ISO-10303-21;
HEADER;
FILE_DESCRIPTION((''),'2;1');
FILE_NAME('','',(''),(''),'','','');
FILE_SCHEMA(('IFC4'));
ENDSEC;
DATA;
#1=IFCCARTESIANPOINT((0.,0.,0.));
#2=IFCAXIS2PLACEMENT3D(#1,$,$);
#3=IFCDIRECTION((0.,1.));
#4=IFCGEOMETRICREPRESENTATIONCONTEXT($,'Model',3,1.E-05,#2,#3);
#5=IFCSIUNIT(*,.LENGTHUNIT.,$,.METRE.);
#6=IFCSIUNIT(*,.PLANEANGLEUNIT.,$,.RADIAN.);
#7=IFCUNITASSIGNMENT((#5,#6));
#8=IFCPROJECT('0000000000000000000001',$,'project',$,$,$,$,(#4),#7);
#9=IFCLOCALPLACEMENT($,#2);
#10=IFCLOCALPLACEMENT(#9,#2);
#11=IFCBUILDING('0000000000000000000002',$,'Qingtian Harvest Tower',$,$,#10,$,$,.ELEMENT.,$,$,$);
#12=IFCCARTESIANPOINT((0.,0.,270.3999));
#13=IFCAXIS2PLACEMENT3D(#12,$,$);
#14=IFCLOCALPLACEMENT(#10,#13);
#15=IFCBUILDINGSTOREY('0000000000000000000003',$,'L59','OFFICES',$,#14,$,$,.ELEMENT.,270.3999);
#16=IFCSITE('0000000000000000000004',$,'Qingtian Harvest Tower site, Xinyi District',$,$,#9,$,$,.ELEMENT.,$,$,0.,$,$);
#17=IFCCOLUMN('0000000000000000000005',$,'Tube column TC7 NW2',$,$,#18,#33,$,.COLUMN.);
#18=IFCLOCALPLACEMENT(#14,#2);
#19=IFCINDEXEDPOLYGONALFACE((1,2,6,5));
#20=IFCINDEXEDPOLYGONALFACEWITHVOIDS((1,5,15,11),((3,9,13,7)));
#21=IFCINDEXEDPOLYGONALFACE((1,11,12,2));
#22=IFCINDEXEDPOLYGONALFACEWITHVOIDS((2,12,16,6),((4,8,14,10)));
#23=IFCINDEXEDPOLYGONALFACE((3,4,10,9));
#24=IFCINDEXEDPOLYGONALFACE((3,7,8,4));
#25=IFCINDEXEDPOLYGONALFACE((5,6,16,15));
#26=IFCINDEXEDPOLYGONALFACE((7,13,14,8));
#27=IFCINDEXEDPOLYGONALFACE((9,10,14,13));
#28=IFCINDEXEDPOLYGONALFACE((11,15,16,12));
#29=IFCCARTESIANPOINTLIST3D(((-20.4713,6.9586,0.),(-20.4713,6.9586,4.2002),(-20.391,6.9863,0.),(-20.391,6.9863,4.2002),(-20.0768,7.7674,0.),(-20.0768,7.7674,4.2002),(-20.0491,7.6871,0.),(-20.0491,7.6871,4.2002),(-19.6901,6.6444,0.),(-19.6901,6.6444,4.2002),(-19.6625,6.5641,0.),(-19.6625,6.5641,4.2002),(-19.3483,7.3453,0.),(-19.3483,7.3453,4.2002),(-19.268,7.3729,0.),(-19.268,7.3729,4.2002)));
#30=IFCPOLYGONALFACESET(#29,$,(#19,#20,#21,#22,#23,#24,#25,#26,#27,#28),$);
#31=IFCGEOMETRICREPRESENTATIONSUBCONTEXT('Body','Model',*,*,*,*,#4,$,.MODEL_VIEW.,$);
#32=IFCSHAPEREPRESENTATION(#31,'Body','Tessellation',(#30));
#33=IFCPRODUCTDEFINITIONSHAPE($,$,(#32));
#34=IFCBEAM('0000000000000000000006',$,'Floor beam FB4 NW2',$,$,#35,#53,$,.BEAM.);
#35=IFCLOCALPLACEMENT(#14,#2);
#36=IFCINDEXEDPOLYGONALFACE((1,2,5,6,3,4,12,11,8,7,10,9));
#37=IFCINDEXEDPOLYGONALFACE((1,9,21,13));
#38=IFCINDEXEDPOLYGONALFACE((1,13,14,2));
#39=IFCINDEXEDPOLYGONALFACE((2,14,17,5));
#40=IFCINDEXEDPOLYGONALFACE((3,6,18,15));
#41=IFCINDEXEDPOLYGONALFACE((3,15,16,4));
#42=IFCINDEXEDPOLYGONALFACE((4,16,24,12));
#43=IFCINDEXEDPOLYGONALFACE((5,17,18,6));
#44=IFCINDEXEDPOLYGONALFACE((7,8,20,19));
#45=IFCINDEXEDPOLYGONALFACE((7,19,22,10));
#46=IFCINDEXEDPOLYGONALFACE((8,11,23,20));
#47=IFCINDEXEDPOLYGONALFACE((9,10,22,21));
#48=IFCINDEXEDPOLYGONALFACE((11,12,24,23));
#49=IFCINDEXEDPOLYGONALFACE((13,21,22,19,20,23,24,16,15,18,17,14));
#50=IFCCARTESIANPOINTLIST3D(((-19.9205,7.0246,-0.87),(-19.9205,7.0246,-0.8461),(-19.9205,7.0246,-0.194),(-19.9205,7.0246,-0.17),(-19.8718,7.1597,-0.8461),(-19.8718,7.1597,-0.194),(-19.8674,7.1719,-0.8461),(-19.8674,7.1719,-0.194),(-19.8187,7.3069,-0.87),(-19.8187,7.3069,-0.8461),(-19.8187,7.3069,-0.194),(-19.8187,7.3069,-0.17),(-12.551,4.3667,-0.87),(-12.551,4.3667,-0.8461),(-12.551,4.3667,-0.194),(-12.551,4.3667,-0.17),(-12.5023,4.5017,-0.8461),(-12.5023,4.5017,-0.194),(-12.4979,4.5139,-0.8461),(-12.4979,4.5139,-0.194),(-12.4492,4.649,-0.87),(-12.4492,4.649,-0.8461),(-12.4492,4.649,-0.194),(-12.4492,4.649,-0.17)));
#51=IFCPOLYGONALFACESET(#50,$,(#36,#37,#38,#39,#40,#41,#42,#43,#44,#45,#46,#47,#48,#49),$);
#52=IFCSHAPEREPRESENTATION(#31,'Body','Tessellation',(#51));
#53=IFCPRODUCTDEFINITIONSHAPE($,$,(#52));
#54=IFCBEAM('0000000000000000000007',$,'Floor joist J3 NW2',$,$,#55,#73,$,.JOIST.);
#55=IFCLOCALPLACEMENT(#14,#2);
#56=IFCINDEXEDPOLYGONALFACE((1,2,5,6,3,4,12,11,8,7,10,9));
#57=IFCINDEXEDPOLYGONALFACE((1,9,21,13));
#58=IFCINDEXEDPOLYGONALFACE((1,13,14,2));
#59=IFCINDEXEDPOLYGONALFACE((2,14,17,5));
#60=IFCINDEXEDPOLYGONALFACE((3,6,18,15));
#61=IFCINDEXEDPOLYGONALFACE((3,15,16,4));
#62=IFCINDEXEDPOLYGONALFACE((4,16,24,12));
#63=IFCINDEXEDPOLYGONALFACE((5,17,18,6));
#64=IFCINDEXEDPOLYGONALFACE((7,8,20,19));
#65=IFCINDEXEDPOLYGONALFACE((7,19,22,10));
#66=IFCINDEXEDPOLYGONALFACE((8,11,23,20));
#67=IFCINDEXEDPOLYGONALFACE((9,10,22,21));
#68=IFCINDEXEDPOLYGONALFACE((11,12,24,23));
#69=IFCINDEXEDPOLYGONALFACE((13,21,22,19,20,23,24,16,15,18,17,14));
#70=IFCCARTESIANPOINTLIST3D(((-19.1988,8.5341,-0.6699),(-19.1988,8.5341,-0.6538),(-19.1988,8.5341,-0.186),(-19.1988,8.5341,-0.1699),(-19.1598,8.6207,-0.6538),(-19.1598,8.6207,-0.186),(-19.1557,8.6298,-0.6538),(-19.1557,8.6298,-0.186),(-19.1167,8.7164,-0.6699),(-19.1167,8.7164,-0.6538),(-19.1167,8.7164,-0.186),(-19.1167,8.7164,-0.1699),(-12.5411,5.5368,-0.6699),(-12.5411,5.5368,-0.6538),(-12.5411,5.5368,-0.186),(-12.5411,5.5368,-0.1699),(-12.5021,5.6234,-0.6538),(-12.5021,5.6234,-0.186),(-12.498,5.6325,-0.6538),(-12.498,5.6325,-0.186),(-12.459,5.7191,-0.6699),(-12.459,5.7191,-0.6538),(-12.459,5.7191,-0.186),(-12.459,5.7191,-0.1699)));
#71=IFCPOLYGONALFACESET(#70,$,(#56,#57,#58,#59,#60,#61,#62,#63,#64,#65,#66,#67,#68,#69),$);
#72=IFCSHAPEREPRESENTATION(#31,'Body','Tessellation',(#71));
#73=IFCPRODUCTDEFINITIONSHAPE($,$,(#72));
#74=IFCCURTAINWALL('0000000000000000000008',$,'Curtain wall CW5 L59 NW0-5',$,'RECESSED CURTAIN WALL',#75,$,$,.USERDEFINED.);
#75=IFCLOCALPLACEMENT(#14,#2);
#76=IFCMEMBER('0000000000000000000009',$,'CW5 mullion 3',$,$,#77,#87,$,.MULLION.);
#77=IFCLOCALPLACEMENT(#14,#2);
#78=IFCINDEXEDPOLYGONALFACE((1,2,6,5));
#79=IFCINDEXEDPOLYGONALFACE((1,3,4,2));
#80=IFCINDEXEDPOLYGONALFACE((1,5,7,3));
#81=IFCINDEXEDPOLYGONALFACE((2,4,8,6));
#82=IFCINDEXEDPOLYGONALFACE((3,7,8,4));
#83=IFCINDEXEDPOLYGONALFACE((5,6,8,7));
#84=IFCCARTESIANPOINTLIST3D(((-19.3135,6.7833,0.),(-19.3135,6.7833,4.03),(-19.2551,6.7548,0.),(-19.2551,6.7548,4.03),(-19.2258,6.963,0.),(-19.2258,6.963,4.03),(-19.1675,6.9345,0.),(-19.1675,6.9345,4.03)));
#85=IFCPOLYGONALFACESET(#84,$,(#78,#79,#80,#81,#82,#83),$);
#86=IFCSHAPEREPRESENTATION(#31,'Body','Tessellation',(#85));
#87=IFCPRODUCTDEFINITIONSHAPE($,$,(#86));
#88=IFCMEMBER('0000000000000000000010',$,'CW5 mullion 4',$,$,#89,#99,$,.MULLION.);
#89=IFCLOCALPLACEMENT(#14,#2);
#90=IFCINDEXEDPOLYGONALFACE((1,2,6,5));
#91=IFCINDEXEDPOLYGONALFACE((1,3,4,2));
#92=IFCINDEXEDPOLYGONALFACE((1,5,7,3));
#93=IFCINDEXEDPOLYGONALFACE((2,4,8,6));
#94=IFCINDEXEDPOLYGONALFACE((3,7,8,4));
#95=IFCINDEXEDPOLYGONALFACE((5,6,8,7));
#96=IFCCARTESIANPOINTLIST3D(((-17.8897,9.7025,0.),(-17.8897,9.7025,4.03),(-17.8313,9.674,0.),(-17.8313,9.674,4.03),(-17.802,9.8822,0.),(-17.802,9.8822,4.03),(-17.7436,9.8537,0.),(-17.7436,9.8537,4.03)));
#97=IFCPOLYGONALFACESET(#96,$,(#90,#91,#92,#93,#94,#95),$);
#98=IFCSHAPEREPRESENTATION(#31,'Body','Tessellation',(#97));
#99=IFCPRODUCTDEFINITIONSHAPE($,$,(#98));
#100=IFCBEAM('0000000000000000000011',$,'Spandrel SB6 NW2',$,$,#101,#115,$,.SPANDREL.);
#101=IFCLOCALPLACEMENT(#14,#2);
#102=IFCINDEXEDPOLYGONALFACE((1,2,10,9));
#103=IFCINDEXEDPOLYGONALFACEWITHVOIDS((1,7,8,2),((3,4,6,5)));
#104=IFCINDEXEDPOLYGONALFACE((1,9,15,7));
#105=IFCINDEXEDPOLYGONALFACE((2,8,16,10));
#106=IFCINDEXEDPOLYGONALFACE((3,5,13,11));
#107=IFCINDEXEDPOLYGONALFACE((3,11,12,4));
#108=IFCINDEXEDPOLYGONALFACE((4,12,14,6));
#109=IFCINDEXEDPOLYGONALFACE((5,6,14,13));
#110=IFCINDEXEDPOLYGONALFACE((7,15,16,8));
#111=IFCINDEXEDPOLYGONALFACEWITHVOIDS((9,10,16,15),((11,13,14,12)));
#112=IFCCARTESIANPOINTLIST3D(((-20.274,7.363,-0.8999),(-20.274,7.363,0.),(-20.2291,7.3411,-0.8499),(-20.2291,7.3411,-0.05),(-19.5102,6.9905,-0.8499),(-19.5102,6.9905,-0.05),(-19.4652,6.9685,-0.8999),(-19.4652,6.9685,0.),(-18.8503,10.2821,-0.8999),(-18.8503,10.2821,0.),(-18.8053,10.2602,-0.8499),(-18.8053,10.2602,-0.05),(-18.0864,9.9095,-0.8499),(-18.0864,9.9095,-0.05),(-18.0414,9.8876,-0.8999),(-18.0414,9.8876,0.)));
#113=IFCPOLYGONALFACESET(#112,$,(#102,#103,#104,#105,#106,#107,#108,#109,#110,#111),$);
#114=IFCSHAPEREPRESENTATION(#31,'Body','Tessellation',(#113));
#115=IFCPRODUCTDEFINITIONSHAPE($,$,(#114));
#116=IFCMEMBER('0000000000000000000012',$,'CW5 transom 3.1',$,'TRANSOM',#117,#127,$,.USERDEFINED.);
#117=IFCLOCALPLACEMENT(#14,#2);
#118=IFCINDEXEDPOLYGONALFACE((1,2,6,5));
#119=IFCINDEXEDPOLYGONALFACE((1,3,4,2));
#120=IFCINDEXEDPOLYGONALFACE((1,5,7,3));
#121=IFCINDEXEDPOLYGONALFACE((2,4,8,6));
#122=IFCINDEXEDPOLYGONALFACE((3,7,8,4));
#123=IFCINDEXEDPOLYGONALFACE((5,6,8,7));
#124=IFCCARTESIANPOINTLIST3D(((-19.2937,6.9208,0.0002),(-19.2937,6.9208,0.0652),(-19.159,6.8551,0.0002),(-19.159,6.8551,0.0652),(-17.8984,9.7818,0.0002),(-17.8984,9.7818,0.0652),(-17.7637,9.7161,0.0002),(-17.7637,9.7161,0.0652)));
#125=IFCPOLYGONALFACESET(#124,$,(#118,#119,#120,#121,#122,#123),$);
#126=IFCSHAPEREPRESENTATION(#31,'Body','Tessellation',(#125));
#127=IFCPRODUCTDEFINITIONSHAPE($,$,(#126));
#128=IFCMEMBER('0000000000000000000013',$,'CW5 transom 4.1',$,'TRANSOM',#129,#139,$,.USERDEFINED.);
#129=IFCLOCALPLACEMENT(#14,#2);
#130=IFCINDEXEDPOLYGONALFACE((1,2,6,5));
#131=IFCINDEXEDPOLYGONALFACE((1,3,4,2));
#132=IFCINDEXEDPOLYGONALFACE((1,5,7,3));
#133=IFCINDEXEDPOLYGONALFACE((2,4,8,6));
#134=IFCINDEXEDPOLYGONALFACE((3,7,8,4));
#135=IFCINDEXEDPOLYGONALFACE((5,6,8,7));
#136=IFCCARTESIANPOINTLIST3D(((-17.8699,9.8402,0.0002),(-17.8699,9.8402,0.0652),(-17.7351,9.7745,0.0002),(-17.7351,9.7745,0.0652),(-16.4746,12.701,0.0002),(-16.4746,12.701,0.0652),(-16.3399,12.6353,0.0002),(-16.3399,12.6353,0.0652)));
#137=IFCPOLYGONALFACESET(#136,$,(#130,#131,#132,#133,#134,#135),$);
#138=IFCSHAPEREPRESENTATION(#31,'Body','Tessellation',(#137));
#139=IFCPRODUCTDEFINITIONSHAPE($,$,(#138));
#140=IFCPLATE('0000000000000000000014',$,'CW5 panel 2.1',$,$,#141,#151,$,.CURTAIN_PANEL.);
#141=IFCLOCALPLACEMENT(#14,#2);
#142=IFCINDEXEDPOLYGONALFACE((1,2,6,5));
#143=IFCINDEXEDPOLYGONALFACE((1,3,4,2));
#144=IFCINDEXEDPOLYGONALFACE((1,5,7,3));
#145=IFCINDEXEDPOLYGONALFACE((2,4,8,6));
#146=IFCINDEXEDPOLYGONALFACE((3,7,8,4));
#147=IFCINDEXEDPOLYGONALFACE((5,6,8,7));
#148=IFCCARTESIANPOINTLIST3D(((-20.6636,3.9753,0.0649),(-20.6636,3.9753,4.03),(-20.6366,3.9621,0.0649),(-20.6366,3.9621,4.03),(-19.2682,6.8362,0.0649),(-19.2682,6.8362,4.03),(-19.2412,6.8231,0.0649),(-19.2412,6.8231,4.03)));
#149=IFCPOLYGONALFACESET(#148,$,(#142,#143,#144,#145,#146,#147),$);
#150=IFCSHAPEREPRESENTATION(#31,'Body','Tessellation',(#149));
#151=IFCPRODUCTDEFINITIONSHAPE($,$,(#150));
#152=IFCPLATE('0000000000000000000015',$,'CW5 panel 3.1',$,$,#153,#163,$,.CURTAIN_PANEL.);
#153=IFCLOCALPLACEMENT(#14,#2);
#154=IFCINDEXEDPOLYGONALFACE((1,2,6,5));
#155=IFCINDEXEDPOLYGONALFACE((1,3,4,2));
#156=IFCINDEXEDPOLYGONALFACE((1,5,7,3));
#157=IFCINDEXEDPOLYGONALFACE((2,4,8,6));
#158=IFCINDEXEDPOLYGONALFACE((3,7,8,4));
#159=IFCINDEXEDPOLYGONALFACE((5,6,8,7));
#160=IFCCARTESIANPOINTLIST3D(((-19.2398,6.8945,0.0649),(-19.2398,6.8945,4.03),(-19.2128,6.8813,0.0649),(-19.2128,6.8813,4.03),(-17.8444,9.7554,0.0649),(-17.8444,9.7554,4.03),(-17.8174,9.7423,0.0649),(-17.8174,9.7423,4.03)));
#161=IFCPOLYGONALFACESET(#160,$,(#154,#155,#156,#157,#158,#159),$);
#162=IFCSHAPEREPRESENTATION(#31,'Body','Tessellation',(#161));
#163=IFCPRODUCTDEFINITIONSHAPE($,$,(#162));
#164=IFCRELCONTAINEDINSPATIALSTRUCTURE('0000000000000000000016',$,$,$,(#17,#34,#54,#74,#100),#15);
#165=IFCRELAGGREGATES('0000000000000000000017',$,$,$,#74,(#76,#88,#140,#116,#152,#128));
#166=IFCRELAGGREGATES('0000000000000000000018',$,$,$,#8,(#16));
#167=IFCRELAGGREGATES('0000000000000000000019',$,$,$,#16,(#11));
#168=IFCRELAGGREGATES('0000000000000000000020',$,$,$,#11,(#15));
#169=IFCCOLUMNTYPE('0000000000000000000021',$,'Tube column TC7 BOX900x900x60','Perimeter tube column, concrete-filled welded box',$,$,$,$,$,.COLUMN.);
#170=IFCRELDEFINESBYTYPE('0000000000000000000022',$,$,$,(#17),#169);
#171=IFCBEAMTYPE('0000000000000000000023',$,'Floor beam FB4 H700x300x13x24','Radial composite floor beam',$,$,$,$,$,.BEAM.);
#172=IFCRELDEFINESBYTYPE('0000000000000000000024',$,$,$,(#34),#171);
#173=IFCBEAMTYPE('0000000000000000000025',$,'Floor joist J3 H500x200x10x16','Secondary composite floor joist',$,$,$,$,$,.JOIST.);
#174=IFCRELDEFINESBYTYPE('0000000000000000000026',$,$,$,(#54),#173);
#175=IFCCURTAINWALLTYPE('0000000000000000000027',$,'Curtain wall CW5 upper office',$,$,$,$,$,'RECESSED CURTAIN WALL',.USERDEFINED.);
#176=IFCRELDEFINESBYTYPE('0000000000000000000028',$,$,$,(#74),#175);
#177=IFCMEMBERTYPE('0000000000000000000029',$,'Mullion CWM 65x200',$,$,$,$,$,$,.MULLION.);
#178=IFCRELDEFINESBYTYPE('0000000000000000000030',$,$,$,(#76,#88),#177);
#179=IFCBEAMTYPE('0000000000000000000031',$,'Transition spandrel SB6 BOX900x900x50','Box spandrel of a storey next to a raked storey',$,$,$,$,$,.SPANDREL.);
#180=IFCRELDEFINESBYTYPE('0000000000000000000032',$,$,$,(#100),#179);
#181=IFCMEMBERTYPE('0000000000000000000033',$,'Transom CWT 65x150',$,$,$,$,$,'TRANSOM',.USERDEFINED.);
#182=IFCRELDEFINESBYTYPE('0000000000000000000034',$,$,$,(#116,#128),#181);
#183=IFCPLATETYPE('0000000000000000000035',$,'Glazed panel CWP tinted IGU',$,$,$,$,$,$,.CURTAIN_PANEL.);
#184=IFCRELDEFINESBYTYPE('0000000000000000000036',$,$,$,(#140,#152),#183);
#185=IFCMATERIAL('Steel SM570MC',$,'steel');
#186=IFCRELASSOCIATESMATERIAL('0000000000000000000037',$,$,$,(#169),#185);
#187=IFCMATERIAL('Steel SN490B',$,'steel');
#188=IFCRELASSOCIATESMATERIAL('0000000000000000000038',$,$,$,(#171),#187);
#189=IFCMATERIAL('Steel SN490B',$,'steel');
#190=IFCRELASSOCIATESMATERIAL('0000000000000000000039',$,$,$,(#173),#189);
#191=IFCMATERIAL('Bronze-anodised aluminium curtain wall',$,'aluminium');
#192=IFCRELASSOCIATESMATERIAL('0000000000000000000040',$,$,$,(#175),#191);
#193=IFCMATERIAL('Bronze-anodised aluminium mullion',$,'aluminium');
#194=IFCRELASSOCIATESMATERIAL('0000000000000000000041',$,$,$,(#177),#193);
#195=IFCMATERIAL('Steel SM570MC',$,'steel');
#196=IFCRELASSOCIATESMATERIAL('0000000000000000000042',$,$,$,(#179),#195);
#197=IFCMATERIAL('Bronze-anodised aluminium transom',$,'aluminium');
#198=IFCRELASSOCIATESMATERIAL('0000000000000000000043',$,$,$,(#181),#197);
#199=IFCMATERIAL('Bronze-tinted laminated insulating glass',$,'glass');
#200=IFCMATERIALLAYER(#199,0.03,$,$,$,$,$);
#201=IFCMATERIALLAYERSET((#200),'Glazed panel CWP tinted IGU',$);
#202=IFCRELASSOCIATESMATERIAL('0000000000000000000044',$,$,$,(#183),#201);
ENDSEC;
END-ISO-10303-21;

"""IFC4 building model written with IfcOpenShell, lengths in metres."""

from ifc_helpers import new_model, si_unit, direction, frame, origin, origin_2d, place, context, subcontext, project, spatial, rectangle, hollow_rectangle, i_section, extrude, material, layer, layer_set, material_profile, profile_set, type_object, element, aggregate, save


model = new_model("IFC4")

# Units and contexts
model_context = context("Model", 3, precision=1e-05, world=origin(), true_north=direction((0.0, 1.0)))
body_context = subcontext(model_context, "Body", "Model", "MODEL_VIEW")
ifc_project = project(units=[si_unit("LENGTHUNIT", "METRE"), si_unit("PLANEANGLEUNIT", "RADIAN")], contexts=[model_context])

# Site, building, storey
site_placement = place(None, origin())
site = spatial("IfcSite", under=ifc_project, at=site_placement, Name="Qingtian Harvest Tower site, Xinyi District", CompositionType="ELEMENT", RefElevation=0.0)
building_placement = place(site_placement, origin())
building = spatial("IfcBuilding", under=site, at=building_placement, Name="Qingtian Harvest Tower", CompositionType="ELEMENT")
storey_placement = place(building_placement, frame((0.0, 0.0, 270.3999)))
storey = spatial("IfcBuildingStorey", under=building, at=storey_placement, Name="L59", Description="OFFICES", CompositionType="ELEMENT", Elevation=270.3999)

# Column
ifc_material_1 = material(Name="Steel SM570MC", Category="steel")
ifc_material_profile_1 = material_profile(ifc_material_1, hollow_rectangle(XDim=0.8999, YDim=0.8999, WallThickness=0.0601, at=origin_2d()), Name="BOX900x900x60")
ifc_profile_set_1 = profile_set([ifc_material_profile_1], Name="Steel SM570MC")
column_type = type_object("IfcColumnType", Name="Tube column TC7 BOX900x900x60", Description="Perimeter tube column, concrete-filled welded box", PredefinedType="COLUMN", material=ifc_profile_set_1)
column_placement = place(storey_placement, frame((-19.8696, 7.1658, 0.0), z_axis=(0.0, 0.0, 1.0), x_axis=(-0.438371, -0.898794, 0.0)))
element("IfcColumn", 1, at=column_placement, inside=storey, type_object=column_type, Name="Tube column TC7 NW2", PredefinedType="COLUMN", context=body_context, shape_type="SweptSolid", body=[
    extrude(hollow_rectangle(XDim=0.8999, YDim=0.8999, WallThickness=0.0601, at=origin_2d()), origin(), (0.0, 0.0, 1.0), 4.2002),
])

# Beams
ifc_material_2 = material(Name="Steel SN490B", Category="steel")
ifc_material_profile_2 = material_profile(ifc_material_2, i_section(OverallWidth=0.3, OverallDepth=0.7, WebThickness=0.0129, FlangeThickness=0.0239, at=origin_2d()), Name="H700x300x13x24")
ifc_profile_set_2 = profile_set([ifc_material_profile_2], Name="Steel SN490B")
beam_type_1 = type_object("IfcBeamType", Name="Floor beam FB4 H700x300x13x24", Description="Radial composite floor beam", PredefinedType="BEAM", material=ifc_profile_set_2)
beam_1_placement = place(storey_placement, frame((-19.8696, 7.1658, -0.52), z_axis=(0.940688, -0.339272, 0.0), x_axis=(0.339272, 0.940688, 0.0)))
element("IfcBeam", 2, at=beam_1_placement, inside=storey, type_object=beam_type_1, Name="Floor beam FB4 NW2", PredefinedType="BEAM", context=body_context, shape_type="SweptSolid", body=[
    extrude(i_section(OverallWidth=0.3, OverallDepth=0.7, WebThickness=0.0129, FlangeThickness=0.0239, at=origin_2d()), origin(), (0.0, 0.0, 1.0), 7.8342),
])
ifc_material_3 = material(Name="Steel SN490B", Category="steel")
ifc_material_profile_3 = material_profile(ifc_material_3, i_section(OverallWidth=0.2, OverallDepth=0.5, WebThickness=0.01, FlangeThickness=0.0161, at=origin_2d()), Name="H500x200x10x16")
ifc_profile_set_3 = profile_set([ifc_material_profile_3], Name="Steel SN490B")
beam_type_2 = type_object("IfcBeamType", Name="Floor joist J3 H500x200x10x16", Description="Secondary composite floor joist", PredefinedType="JOIST", material=ifc_profile_set_3)
beam_2_placement = place(storey_placement, frame((-19.1577, 8.6252, -0.4199), z_axis=(0.911853, -0.410518, 0.0), x_axis=(0.410518, 0.911853, 0.0)))
element("IfcBeam", 3, at=beam_2_placement, inside=storey, type_object=beam_type_2, Name="Floor joist J3 NW2", PredefinedType="JOIST", context=body_context, shape_type="SweptSolid", body=[
    extrude(i_section(OverallWidth=0.2, OverallDepth=0.5, WebThickness=0.01, FlangeThickness=0.0161, at=origin_2d()), origin(), (0.0, 0.0, 1.0), 7.3013),
])

# Curtain wall, members
ifc_material_4 = material(Name="Bronze-anodised aluminium curtain wall", Category="aluminium")
curtain_wall_type = type_object("IfcCurtainWallType", Name="Curtain wall CW5 upper office", ElementType="RECESSED CURTAIN WALL", PredefinedType="USERDEFINED", material=ifc_material_4)
curtain_wall_placement = place(storey_placement, origin())
curtain_wall = element("IfcCurtainWall", 4, at=curtain_wall_placement, inside=storey, type_object=curtain_wall_type, Name="Curtain wall CW5 L59 NW0-5", ObjectType="RECESSED CURTAIN WALL", PredefinedType="USERDEFINED")
ifc_material_5 = material(Name="Bronze-anodised aluminium mullion", Category="aluminium")
ifc_material_profile_4 = material_profile(ifc_material_5, rectangle(XDim=0.0649, YDim=0.2, at=origin_2d()), Name="AL 65x200")
ifc_profile_set_4 = profile_set([ifc_material_profile_4], Name="Bronze-anodised aluminium mullion")
member_type_1 = type_object("IfcMemberType", Name="Mullion CWM 65x200", PredefinedType="MULLION", material=ifc_profile_set_4)
member_1_placement = place(storey_placement, frame((-19.2405, 6.8589, 0.0), z_axis=(0.0, 0.0, 1.0), x_axis=(-0.898794, 0.438371, 0.0)))
member_1 = element("IfcMember", 5, at=member_1_placement, type_object=member_type_1, Name="CW5 mullion 3", PredefinedType="MULLION", context=body_context, shape_type="SweptSolid", body=[
    extrude(rectangle(XDim=0.0649, YDim=0.2, at=origin_2d()), origin(), (0.0, 0.0, 1.0), 4.03),
])
member_2_placement = place(storey_placement, frame((-17.8167, 9.7781, 0.0), z_axis=(0.0, 0.0, 1.0), x_axis=(-0.898794, 0.438371, 0.0)))
member_2 = element("IfcMember", 6, at=member_2_placement, type_object=member_type_1, Name="CW5 mullion 4", PredefinedType="MULLION", context=body_context, shape_type="SweptSolid", body=[
    extrude(rectangle(XDim=0.0649, YDim=0.2, at=origin_2d()), origin(), (0.0, 0.0, 1.0), 4.03),
])

# Beam
ifc_material_6 = material(Name="Steel SM570MC", Category="steel")
ifc_material_profile_5 = material_profile(ifc_material_6, hollow_rectangle(XDim=0.8999, YDim=0.8999, WallThickness=0.05, at=origin_2d()), Name="BOX900x900x50")
ifc_profile_set_5 = profile_set([ifc_material_profile_5], Name="Steel SM570MC")
beam_type_3 = type_object("IfcBeamType", Name="Transition spandrel SB6 BOX900x900x50", Description="Box spandrel of a storey next to a raked storey", PredefinedType="SPANDREL", material=ifc_profile_set_5)
beam_3_placement = place(storey_placement, frame((-19.8696, 7.1658, -0.45), z_axis=(0.438382, 0.898789, 0.0), x_axis=(-0.898789, 0.438382, 0.0)))
element("IfcBeam", 7, at=beam_3_placement, inside=storey, type_object=beam_type_3, Name="Spandrel SB6 NW2", PredefinedType="SPANDREL", context=body_context, shape_type="SweptSolid", body=[
    extrude(hollow_rectangle(XDim=0.8999, YDim=0.8999, WallThickness=0.05, at=origin_2d()), origin(), (0.0, 0.0, 1.0), 3.2478),
])

# Members
ifc_material_7 = material(Name="Bronze-anodised aluminium transom", Category="aluminium")
ifc_material_profile_6 = material_profile(ifc_material_7, rectangle(XDim=0.1499, YDim=0.0649, at=origin_2d()), Name="AL 65x150")
ifc_profile_set_6 = profile_set([ifc_material_profile_6], Name="Bronze-anodised aluminium transom")
member_type_2 = type_object("IfcMemberType", Name="Transom CWT 65x150", ElementType="TRANSOM", PredefinedType="USERDEFINED", material=ifc_profile_set_6)
member_3_placement = place(storey_placement, frame((-19.2263, 6.8879, 0.0327), z_axis=(0.438325, 0.898816, 0.0), x_axis=(-0.898816, 0.438325, 0.0)))
member_3 = element("IfcMember", 8, at=member_3_placement, type_object=member_type_2, Name="CW5 transom 3.1", ObjectType="TRANSOM", PredefinedType="USERDEFINED", context=body_context, shape_type="SweptSolid", body=[
    extrude(rectangle(XDim=0.1499, YDim=0.0649, at=origin_2d()), origin(), (0.0, 0.0, 1.0), 3.1831),
])
member_4_placement = place(storey_placement, frame((-17.8025, 9.8074, 0.0327), z_axis=(0.438356, 0.898802, 0.0), x_axis=(-0.898802, 0.438356, 0.0)))
member_4 = element("IfcMember", 9, at=member_4_placement, type_object=member_type_2, Name="CW5 transom 4.1", ObjectType="TRANSOM", PredefinedType="USERDEFINED", context=body_context, shape_type="SweptSolid", body=[
    extrude(rectangle(XDim=0.1499, YDim=0.0649, at=origin_2d()), origin(), (0.0, 0.0, 1.0), 3.1829),
])

# Plates
ifc_material_8 = material(Name="Bronze-tinted laminated insulating glass", Category="glass")
ifc_layer_1 = layer(ifc_material_8, 0.03)
ifc_layer_set_1 = layer_set([ifc_layer_1], Name="Glazed panel CWP tinted IGU")
plate_type = type_object("IfcPlateType", Name="Glazed panel CWP tinted IGU", PredefinedType="CURTAIN_PANEL", material=ifc_layer_set_1)
plate_1_placement = place(storey_placement, frame((-19.9524, 5.3992, 0.0649), z_axis=(0.0, 0.0, 1.0), x_axis=(0.438371, 0.898794, 0.0)))
plate_1 = element("IfcPlate", 10, at=plate_1_placement, type_object=plate_type, Name="CW5 panel 2.1", PredefinedType="CURTAIN_PANEL", context=body_context, shape_type="SweptSolid", body=[
    extrude(rectangle(XDim=3.1831, YDim=0.03, at=origin_2d()), origin(), (0.0, 0.0, 1.0), 3.9651),
])
plate_2_placement = place(storey_placement, frame((-18.5286, 8.3184, 0.0649), z_axis=(0.0, 0.0, 1.0), x_axis=(0.438371, 0.898794, 0.0)))
plate_2 = element("IfcPlate", 11, at=plate_2_placement, type_object=plate_type, Name="CW5 panel 3.1", PredefinedType="CURTAIN_PANEL", context=body_context, shape_type="SweptSolid", body=[
    extrude(rectangle(XDim=3.1831, YDim=0.03, at=origin_2d()), origin(), (0.0, 0.0, 1.0), 3.9651),
])
aggregate(curtain_wall, [member_1, member_2, plate_1, member_3, plate_2, member_4])

save(model, "model.ifc")
